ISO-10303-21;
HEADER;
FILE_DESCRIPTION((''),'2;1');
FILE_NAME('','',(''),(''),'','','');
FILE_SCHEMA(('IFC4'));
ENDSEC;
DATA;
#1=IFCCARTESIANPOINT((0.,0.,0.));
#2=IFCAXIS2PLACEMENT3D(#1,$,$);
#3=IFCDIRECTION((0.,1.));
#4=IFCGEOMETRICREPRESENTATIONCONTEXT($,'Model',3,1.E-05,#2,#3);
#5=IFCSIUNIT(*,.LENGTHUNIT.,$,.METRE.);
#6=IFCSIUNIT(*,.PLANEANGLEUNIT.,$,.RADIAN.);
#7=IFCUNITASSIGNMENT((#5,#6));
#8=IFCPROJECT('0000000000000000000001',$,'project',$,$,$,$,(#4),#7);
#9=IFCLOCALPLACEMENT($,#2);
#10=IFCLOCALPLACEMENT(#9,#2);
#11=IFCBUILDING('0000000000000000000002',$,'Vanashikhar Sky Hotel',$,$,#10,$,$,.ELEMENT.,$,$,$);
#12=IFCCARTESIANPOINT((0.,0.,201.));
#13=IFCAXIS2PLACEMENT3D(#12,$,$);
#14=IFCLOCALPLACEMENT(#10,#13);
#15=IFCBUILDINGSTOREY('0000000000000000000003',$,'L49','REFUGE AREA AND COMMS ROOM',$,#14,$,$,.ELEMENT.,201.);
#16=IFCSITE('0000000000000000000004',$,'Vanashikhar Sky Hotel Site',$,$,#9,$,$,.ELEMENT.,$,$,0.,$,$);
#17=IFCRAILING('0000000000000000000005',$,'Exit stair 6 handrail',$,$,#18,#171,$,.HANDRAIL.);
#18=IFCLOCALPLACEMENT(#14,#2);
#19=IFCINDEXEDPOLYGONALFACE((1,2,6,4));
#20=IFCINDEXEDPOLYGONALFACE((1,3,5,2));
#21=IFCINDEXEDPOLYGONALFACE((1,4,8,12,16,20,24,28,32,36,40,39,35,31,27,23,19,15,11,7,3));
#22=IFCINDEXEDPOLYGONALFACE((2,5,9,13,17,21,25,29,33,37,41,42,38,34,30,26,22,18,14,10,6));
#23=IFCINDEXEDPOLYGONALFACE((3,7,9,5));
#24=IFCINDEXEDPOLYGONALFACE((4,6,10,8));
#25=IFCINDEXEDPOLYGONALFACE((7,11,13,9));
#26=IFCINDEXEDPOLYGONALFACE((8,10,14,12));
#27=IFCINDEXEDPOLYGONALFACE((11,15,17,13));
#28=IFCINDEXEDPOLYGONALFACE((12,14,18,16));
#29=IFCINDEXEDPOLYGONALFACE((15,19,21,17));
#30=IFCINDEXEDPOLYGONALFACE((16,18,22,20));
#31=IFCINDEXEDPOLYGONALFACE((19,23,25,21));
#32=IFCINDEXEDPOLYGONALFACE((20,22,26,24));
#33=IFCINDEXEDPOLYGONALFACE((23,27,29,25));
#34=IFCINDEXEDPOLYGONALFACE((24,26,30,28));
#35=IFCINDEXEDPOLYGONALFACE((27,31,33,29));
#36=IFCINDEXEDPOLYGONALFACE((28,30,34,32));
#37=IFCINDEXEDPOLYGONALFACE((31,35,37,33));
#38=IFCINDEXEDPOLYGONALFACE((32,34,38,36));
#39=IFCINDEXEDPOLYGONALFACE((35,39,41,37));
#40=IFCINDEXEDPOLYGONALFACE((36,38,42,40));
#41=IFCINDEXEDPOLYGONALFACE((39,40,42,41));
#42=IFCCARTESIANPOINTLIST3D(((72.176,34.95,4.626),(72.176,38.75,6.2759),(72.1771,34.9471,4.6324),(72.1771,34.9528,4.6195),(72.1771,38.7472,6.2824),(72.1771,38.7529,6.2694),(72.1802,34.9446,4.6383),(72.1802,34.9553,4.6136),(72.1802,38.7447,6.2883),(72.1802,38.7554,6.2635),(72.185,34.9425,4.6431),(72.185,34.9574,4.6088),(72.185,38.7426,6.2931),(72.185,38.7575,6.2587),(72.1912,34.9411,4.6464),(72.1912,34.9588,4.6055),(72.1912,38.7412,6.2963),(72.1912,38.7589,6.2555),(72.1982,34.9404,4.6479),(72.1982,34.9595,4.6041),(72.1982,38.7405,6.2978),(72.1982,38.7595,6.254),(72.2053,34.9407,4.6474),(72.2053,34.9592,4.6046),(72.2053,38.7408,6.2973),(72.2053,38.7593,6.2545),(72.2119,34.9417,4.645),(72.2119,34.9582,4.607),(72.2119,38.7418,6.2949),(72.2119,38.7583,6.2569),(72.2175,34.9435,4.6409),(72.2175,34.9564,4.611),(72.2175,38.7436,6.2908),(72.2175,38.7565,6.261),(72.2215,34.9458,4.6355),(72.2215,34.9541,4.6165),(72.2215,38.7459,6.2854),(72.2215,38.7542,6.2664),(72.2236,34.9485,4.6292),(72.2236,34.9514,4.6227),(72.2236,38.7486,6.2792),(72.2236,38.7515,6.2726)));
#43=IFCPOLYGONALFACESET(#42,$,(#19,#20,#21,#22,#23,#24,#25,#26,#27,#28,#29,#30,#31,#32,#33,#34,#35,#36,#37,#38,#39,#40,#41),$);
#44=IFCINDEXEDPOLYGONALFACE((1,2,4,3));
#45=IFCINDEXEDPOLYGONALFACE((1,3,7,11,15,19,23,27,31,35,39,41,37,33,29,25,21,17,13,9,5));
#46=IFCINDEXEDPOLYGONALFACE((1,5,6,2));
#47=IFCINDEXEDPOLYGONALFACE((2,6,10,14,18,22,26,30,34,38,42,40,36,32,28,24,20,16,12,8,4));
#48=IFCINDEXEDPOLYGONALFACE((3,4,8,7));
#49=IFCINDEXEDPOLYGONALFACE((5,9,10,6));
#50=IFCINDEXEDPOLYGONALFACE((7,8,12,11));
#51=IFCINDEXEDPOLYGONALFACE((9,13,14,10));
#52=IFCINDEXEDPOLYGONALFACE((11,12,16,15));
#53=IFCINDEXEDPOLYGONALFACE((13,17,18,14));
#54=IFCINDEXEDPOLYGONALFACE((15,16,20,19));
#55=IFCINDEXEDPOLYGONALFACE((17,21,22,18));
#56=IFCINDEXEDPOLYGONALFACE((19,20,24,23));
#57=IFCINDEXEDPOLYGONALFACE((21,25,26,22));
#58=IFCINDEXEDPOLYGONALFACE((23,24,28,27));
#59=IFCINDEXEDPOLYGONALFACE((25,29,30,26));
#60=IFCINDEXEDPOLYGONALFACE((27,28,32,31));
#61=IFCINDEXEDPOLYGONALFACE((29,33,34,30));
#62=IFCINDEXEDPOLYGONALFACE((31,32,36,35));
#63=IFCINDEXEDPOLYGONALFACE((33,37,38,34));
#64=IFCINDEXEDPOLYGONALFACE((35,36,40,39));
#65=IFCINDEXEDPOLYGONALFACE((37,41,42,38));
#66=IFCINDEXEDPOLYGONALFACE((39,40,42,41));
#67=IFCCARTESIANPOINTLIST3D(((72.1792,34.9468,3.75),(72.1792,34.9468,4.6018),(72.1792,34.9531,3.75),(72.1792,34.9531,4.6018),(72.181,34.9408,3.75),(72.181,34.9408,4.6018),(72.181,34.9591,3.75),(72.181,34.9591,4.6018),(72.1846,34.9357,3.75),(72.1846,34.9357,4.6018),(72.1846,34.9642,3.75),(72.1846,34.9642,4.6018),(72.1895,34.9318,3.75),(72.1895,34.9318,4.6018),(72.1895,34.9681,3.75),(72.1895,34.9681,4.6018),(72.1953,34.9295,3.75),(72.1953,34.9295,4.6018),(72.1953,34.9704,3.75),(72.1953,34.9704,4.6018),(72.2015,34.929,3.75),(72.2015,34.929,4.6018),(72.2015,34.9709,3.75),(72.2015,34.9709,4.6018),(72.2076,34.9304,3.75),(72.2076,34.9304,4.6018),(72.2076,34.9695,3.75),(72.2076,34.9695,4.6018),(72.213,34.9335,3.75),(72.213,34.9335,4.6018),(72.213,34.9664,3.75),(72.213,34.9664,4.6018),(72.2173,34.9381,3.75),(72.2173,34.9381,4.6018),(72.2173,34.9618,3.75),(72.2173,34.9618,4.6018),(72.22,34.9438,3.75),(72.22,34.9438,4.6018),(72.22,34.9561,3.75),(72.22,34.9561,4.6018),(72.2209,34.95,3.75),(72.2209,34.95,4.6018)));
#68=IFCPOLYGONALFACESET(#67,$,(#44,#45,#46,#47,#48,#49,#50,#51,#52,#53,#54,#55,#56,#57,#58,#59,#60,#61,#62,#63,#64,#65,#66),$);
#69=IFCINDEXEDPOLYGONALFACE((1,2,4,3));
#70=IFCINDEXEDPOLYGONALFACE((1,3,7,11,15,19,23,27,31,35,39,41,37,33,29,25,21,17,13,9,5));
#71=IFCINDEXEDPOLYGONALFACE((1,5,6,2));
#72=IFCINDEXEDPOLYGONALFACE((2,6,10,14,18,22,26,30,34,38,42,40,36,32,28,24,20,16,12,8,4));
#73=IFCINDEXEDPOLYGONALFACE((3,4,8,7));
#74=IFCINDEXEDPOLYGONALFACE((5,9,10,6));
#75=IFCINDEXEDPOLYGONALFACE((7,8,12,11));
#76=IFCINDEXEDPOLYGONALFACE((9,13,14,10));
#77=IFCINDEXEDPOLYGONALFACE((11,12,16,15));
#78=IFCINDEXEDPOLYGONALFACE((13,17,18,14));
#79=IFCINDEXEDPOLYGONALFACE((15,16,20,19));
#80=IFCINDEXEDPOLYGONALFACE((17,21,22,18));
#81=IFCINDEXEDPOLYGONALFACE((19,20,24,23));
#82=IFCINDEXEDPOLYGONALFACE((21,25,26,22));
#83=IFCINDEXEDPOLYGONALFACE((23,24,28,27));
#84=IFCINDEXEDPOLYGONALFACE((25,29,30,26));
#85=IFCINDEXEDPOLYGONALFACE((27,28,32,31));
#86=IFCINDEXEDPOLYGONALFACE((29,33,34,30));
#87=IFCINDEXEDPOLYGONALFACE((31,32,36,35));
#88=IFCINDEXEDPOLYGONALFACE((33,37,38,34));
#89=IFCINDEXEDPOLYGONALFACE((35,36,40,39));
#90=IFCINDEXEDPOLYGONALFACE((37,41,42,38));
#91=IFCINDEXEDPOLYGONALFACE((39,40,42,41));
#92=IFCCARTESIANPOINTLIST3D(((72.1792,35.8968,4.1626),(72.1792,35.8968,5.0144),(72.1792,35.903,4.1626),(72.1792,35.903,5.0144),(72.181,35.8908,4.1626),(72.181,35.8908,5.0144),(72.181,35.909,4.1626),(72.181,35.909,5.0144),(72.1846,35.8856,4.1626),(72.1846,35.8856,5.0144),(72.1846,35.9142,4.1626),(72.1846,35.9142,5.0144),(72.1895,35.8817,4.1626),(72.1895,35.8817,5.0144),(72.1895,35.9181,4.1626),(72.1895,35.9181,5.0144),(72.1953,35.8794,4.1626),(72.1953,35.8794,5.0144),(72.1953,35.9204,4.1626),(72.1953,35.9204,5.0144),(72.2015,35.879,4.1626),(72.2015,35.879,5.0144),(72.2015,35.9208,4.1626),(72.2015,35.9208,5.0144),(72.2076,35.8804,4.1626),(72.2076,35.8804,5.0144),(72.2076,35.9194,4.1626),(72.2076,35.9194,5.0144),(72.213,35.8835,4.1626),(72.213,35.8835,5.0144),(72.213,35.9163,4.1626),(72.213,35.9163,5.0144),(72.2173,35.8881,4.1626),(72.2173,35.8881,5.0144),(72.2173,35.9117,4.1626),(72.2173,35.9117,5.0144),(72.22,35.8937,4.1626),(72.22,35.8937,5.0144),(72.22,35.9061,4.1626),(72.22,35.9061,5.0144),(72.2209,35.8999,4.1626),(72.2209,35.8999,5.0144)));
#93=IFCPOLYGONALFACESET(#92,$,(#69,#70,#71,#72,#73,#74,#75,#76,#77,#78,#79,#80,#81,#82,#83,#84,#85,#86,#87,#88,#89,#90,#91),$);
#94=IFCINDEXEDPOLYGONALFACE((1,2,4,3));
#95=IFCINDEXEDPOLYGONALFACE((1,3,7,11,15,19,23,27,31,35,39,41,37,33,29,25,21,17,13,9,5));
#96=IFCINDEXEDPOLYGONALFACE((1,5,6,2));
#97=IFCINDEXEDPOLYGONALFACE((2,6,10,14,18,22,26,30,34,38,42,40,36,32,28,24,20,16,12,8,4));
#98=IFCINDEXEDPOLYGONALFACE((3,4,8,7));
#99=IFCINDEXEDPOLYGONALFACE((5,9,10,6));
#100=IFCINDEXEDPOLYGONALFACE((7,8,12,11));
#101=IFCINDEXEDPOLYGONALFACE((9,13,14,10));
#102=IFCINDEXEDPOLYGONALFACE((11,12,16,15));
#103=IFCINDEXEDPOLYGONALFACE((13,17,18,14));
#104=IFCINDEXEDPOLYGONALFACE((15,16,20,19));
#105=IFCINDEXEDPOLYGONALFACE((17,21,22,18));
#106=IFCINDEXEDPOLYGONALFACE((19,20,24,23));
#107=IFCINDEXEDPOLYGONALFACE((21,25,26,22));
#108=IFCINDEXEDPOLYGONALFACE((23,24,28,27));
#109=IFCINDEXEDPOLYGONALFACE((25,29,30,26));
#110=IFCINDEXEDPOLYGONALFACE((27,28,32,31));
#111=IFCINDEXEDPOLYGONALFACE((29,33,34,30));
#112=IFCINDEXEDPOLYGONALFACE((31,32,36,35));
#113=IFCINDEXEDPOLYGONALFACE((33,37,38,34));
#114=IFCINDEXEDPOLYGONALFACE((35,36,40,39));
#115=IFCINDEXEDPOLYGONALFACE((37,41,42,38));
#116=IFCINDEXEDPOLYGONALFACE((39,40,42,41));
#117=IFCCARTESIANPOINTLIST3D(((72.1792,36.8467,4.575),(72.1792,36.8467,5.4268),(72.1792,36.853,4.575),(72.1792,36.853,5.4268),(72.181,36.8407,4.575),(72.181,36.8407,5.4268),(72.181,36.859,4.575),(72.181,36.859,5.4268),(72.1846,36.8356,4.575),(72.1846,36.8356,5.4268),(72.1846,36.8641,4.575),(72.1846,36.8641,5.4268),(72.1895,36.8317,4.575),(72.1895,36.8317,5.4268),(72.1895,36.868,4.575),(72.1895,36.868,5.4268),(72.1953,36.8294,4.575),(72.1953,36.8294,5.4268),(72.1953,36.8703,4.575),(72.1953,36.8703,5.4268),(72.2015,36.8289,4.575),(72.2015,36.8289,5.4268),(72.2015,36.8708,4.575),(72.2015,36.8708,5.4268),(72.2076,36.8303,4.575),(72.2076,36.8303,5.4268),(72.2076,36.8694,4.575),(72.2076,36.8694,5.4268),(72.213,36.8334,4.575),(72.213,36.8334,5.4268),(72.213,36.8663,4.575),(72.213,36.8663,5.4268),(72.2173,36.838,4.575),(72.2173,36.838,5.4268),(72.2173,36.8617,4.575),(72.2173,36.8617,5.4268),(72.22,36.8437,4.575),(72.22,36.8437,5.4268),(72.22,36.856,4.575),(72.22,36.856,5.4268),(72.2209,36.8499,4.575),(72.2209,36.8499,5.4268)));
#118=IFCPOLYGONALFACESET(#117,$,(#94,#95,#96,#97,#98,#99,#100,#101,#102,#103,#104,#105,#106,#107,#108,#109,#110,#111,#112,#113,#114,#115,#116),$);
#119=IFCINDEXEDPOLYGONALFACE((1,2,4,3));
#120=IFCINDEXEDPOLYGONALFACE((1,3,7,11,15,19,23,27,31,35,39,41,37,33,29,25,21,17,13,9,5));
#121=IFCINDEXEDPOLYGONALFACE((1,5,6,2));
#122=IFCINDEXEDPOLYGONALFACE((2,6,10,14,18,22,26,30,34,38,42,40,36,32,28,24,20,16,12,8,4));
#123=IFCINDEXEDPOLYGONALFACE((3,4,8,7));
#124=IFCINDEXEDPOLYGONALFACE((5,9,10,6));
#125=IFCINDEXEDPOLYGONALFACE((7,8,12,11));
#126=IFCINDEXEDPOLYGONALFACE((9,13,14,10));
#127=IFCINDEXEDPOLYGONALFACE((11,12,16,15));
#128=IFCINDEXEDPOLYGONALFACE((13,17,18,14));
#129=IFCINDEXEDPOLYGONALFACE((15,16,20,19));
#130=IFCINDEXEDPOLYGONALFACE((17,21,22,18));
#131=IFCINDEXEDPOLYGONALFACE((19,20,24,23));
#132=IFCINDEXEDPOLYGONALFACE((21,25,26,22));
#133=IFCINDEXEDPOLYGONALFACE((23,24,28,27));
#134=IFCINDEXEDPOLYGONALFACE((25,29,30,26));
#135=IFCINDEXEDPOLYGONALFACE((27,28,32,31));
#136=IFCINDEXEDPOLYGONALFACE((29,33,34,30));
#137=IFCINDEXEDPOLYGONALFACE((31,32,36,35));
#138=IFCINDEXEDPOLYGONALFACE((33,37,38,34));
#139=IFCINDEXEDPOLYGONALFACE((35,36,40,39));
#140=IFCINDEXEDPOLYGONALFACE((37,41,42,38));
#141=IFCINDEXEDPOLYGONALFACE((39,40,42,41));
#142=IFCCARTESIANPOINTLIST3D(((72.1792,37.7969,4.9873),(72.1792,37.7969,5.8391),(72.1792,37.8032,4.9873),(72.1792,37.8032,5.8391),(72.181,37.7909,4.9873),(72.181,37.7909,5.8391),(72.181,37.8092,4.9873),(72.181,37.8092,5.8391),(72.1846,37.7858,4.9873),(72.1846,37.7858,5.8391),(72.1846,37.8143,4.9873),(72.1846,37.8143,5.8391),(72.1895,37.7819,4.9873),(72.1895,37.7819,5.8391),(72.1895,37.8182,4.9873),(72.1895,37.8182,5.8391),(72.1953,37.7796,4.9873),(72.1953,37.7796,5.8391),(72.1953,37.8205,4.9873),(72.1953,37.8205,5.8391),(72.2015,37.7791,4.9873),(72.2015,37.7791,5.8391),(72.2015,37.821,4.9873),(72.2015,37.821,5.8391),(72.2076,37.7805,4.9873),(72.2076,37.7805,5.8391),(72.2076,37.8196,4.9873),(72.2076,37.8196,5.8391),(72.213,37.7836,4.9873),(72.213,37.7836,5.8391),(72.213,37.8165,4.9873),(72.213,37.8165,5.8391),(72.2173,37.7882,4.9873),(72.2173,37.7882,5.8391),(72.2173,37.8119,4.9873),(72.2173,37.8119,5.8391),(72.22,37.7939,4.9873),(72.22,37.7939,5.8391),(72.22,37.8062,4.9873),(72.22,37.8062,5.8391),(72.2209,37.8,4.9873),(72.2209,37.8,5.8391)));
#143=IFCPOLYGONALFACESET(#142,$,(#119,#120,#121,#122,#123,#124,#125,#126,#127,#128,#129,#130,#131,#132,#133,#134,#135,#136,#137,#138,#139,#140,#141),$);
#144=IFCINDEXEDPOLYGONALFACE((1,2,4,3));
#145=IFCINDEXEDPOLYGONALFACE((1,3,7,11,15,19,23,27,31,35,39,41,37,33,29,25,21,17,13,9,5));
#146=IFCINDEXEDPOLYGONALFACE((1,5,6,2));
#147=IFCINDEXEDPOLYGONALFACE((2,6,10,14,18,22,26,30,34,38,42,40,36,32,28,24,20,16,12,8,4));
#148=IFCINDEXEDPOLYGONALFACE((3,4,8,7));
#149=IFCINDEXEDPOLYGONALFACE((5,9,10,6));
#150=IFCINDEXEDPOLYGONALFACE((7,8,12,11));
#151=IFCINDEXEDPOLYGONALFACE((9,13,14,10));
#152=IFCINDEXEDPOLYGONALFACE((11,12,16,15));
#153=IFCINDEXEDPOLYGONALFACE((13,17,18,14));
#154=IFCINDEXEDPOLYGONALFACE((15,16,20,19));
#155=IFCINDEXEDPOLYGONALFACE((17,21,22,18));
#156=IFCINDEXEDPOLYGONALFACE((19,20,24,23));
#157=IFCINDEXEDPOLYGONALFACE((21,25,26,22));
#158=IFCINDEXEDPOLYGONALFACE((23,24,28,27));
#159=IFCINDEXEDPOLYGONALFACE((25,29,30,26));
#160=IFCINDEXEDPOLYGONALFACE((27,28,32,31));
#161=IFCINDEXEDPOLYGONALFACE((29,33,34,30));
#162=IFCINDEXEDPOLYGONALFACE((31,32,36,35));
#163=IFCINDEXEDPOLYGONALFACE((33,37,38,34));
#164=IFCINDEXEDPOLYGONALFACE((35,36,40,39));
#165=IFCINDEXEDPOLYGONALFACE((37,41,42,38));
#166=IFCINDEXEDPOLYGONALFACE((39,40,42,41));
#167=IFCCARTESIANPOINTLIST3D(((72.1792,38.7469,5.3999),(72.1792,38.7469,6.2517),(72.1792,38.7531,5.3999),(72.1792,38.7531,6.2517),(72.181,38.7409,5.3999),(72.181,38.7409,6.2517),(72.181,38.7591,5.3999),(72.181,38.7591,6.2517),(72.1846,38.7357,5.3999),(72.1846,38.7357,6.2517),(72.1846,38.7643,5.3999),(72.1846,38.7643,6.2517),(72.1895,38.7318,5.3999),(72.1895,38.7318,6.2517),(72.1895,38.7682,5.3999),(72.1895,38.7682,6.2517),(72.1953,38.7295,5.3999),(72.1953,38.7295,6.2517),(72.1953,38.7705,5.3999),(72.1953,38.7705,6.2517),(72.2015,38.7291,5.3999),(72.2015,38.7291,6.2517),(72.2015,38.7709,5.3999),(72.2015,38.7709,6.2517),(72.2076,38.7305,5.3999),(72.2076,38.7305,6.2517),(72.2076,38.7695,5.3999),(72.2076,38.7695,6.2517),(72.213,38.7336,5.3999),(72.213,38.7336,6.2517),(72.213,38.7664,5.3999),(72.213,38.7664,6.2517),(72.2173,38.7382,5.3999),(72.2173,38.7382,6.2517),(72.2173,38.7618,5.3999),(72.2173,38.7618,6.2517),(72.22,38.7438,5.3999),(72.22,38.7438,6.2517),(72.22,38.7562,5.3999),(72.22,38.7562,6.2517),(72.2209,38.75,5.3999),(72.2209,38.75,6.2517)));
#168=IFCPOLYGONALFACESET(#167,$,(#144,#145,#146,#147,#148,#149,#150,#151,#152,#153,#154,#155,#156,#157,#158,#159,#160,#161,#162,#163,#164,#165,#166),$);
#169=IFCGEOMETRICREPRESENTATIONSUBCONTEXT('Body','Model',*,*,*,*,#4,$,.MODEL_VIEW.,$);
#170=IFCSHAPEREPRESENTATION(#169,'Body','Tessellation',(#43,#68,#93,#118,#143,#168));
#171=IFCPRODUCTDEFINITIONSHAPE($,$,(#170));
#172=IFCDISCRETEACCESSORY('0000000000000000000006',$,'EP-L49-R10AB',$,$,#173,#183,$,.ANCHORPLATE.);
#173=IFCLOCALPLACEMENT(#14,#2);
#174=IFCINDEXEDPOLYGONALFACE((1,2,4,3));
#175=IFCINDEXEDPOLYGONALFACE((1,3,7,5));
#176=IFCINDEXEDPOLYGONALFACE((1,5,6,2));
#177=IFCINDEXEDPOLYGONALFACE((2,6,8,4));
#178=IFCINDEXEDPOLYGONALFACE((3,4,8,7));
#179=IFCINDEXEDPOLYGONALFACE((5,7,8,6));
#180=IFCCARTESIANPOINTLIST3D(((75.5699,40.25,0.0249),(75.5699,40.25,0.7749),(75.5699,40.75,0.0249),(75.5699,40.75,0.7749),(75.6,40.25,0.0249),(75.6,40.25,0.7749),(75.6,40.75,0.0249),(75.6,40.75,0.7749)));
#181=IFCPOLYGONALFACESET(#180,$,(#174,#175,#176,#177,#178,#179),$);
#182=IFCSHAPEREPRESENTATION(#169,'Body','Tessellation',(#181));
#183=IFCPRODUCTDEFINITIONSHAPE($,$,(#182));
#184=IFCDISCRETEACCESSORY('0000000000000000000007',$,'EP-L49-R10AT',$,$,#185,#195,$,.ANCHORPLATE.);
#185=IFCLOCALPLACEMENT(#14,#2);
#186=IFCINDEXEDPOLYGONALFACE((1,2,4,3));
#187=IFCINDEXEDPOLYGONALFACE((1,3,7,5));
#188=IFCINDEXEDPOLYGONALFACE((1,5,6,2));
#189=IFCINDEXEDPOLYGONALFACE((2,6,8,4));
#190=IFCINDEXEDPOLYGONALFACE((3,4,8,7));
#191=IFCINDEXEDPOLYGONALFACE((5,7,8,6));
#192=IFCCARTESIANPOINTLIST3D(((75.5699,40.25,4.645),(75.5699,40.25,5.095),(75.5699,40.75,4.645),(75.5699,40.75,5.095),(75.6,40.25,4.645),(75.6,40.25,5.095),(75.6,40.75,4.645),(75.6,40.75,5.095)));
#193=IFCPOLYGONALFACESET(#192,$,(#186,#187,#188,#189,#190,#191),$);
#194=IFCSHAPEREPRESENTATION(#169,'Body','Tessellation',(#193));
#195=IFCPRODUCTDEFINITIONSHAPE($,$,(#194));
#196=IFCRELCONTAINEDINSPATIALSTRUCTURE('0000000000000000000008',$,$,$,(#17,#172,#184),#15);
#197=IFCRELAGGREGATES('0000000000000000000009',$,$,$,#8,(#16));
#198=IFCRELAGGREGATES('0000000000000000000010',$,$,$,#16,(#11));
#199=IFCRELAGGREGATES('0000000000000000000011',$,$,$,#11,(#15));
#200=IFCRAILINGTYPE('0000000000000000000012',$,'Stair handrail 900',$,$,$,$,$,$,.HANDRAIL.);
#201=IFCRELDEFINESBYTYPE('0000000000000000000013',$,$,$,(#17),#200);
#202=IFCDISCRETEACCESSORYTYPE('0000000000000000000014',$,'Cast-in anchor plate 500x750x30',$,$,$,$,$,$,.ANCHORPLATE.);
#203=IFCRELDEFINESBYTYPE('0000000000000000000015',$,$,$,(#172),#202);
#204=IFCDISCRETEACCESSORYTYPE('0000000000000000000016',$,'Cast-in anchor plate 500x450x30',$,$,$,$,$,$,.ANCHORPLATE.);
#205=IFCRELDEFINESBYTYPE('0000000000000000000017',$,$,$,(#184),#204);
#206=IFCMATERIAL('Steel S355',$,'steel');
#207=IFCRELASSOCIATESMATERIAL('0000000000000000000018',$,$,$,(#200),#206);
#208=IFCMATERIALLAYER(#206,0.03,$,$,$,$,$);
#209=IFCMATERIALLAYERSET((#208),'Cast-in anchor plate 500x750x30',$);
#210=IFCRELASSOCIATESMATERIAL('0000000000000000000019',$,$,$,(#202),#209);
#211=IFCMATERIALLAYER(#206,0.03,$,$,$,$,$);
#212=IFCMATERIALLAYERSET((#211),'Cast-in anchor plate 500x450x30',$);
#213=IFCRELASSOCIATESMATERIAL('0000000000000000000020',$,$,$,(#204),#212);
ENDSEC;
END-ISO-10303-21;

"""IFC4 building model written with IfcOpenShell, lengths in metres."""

from ifc_helpers import new_model, si_unit, direction, frame, origin, origin_2d, place, context, subcontext, project, spatial, rectangle, circle, extrude, source, transform, mapped, material, layer, layer_set, type_object, element, save


model = new_model("IFC4")

# Units and contexts
model_context = context("Model", 3, precision=1e-05, world=origin(), true_north=direction((0.0, 1.0)))
body_context = subcontext(model_context, "Body", "Model", "MODEL_VIEW")
ifc_project = project(units=[si_unit("LENGTHUNIT", "METRE"), si_unit("PLANEANGLEUNIT", "RADIAN")], contexts=[model_context])

# Site, building, storey
site_placement = place(None, origin())
site = spatial("IfcSite", under=ifc_project, at=site_placement, Name="Vanashikhar Sky Hotel Site", CompositionType="ELEMENT", RefElevation=0.0)
building_placement = place(site_placement, origin())
building = spatial("IfcBuilding", under=site, at=building_placement, Name="Vanashikhar Sky Hotel", CompositionType="ELEMENT")
storey_placement = place(building_placement, frame((0.0, 0.0, 201.0)))
storey = spatial("IfcBuildingStorey", under=building, at=storey_placement, Name="L49", Description="REFUGE AREA AND COMMS ROOM", CompositionType="ELEMENT", Elevation=201.0)

# Shared definitions
ifc_material_1 = material(Name="Steel S355", Category="steel")

# Railing
railing_type_1 = type_object("IfcRailingType", Name="Stair handrail 900", PredefinedType="HANDRAIL", material=ifc_material_1)
shared_shape_1 = source(origin(), body_context, "Body", "SweptSolid", [
    extrude(circle(Radius=0.0239, at=origin_2d()), frame((0.0, 0.0, 0.876), z_axis=(0.0, 0.917272, 0.398261), x_axis=(-1.0, 0.0, 0.0)), (0.0, 0.0, 1.0), 4.1428),
    extrude(circle(Radius=0.021, at=origin_2d()), origin(), (0.0, 0.0, 1.0), 0.8518),
    extrude(circle(Radius=0.021, at=origin_2d()), frame((0.0, 0.95, 0.4126)), (0.0, 0.0, 1.0), 0.8518),
    extrude(circle(Radius=0.021, at=origin_2d()), frame((0.0, 1.8999, 0.825)), (0.0, 0.0, 1.0), 0.8518),
    extrude(circle(Radius=0.021, at=origin_2d()), frame((0.0, 2.8501, 1.2373)), (0.0, 0.0, 1.0), 0.8518),
    extrude(circle(Radius=0.021, at=origin_2d()), frame((0.0, 3.8, 1.6499)), (0.0, 0.0, 1.0), 0.8518),
])
railing_1_placement = place(storey_placement, frame((72.2, 34.95, 3.75)))
element("IfcRailing", 1, at=railing_1_placement, inside=storey, type_object=railing_type_1, Name="Exit stair 6 handrail", PredefinedType="HANDRAIL", context=body_context, shape_type="MappedRepresentation", body=[
    mapped(shared_shape_1, transform((0.0, 0.0, 0.0), scale=1.0)),
])

# Discrete accessories
ifc_layer_1 = layer(ifc_material_1, 0.03)
ifc_layer_set_1 = layer_set([ifc_layer_1], Name="Cast-in anchor plate 500x750x30")
discrete_accessory_type_1 = type_object("IfcDiscreteAccessoryType", Name="Cast-in anchor plate 500x750x30", PredefinedType="ANCHORPLATE", material=ifc_layer_set_1)
shared_shape_2 = source(origin(), body_context, "Body", "SweptSolid", [
    extrude(rectangle(XDim=0.03, YDim=0.5, at=origin_2d()), origin(), (0.0, 0.0, 1.0), 0.75),
])
discrete_accessory_1_placement = place(storey_placement, frame((75.585, 40.5, 0.0249), z_axis=(0.0, 0.0, 1.0), x_axis=(1.0, 0.0, 0.0)))
element("IfcDiscreteAccessory", 2, at=discrete_accessory_1_placement, inside=storey, type_object=discrete_accessory_type_1, Name="EP-L49-R10AB", PredefinedType="ANCHORPLATE", context=body_context, shape_type="MappedRepresentation", body=[
    mapped(shared_shape_2, transform((0.0, 0.0, 0.0), scale=1.0)),
])
ifc_layer_2 = layer(ifc_material_1, 0.03)
ifc_layer_set_2 = layer_set([ifc_layer_2], Name="Cast-in anchor plate 500x450x30")
discrete_accessory_type_2 = type_object("IfcDiscreteAccessoryType", Name="Cast-in anchor plate 500x450x30", PredefinedType="ANCHORPLATE", material=ifc_layer_set_2)
shared_shape_3 = source(origin(), body_context, "Body", "SweptSolid", [
    extrude(rectangle(XDim=0.03, YDim=0.5, at=origin_2d()), origin(), (0.0, 0.0, 1.0), 0.45),
])
discrete_accessory_2_placement = place(storey_placement, frame((75.585, 40.5, 4.645), z_axis=(0.0, 0.0, 1.0), x_axis=(1.0, 0.0, 0.0)))
element("IfcDiscreteAccessory", 3, at=discrete_accessory_2_placement, inside=storey, type_object=discrete_accessory_type_2, Name="EP-L49-R10AT", PredefinedType="ANCHORPLATE", context=body_context, shape_type="MappedRepresentation", body=[
    mapped(shared_shape_3, transform((0.0, 0.0, 0.0), scale=1.0)),
])

save(model, "model.ifc")
